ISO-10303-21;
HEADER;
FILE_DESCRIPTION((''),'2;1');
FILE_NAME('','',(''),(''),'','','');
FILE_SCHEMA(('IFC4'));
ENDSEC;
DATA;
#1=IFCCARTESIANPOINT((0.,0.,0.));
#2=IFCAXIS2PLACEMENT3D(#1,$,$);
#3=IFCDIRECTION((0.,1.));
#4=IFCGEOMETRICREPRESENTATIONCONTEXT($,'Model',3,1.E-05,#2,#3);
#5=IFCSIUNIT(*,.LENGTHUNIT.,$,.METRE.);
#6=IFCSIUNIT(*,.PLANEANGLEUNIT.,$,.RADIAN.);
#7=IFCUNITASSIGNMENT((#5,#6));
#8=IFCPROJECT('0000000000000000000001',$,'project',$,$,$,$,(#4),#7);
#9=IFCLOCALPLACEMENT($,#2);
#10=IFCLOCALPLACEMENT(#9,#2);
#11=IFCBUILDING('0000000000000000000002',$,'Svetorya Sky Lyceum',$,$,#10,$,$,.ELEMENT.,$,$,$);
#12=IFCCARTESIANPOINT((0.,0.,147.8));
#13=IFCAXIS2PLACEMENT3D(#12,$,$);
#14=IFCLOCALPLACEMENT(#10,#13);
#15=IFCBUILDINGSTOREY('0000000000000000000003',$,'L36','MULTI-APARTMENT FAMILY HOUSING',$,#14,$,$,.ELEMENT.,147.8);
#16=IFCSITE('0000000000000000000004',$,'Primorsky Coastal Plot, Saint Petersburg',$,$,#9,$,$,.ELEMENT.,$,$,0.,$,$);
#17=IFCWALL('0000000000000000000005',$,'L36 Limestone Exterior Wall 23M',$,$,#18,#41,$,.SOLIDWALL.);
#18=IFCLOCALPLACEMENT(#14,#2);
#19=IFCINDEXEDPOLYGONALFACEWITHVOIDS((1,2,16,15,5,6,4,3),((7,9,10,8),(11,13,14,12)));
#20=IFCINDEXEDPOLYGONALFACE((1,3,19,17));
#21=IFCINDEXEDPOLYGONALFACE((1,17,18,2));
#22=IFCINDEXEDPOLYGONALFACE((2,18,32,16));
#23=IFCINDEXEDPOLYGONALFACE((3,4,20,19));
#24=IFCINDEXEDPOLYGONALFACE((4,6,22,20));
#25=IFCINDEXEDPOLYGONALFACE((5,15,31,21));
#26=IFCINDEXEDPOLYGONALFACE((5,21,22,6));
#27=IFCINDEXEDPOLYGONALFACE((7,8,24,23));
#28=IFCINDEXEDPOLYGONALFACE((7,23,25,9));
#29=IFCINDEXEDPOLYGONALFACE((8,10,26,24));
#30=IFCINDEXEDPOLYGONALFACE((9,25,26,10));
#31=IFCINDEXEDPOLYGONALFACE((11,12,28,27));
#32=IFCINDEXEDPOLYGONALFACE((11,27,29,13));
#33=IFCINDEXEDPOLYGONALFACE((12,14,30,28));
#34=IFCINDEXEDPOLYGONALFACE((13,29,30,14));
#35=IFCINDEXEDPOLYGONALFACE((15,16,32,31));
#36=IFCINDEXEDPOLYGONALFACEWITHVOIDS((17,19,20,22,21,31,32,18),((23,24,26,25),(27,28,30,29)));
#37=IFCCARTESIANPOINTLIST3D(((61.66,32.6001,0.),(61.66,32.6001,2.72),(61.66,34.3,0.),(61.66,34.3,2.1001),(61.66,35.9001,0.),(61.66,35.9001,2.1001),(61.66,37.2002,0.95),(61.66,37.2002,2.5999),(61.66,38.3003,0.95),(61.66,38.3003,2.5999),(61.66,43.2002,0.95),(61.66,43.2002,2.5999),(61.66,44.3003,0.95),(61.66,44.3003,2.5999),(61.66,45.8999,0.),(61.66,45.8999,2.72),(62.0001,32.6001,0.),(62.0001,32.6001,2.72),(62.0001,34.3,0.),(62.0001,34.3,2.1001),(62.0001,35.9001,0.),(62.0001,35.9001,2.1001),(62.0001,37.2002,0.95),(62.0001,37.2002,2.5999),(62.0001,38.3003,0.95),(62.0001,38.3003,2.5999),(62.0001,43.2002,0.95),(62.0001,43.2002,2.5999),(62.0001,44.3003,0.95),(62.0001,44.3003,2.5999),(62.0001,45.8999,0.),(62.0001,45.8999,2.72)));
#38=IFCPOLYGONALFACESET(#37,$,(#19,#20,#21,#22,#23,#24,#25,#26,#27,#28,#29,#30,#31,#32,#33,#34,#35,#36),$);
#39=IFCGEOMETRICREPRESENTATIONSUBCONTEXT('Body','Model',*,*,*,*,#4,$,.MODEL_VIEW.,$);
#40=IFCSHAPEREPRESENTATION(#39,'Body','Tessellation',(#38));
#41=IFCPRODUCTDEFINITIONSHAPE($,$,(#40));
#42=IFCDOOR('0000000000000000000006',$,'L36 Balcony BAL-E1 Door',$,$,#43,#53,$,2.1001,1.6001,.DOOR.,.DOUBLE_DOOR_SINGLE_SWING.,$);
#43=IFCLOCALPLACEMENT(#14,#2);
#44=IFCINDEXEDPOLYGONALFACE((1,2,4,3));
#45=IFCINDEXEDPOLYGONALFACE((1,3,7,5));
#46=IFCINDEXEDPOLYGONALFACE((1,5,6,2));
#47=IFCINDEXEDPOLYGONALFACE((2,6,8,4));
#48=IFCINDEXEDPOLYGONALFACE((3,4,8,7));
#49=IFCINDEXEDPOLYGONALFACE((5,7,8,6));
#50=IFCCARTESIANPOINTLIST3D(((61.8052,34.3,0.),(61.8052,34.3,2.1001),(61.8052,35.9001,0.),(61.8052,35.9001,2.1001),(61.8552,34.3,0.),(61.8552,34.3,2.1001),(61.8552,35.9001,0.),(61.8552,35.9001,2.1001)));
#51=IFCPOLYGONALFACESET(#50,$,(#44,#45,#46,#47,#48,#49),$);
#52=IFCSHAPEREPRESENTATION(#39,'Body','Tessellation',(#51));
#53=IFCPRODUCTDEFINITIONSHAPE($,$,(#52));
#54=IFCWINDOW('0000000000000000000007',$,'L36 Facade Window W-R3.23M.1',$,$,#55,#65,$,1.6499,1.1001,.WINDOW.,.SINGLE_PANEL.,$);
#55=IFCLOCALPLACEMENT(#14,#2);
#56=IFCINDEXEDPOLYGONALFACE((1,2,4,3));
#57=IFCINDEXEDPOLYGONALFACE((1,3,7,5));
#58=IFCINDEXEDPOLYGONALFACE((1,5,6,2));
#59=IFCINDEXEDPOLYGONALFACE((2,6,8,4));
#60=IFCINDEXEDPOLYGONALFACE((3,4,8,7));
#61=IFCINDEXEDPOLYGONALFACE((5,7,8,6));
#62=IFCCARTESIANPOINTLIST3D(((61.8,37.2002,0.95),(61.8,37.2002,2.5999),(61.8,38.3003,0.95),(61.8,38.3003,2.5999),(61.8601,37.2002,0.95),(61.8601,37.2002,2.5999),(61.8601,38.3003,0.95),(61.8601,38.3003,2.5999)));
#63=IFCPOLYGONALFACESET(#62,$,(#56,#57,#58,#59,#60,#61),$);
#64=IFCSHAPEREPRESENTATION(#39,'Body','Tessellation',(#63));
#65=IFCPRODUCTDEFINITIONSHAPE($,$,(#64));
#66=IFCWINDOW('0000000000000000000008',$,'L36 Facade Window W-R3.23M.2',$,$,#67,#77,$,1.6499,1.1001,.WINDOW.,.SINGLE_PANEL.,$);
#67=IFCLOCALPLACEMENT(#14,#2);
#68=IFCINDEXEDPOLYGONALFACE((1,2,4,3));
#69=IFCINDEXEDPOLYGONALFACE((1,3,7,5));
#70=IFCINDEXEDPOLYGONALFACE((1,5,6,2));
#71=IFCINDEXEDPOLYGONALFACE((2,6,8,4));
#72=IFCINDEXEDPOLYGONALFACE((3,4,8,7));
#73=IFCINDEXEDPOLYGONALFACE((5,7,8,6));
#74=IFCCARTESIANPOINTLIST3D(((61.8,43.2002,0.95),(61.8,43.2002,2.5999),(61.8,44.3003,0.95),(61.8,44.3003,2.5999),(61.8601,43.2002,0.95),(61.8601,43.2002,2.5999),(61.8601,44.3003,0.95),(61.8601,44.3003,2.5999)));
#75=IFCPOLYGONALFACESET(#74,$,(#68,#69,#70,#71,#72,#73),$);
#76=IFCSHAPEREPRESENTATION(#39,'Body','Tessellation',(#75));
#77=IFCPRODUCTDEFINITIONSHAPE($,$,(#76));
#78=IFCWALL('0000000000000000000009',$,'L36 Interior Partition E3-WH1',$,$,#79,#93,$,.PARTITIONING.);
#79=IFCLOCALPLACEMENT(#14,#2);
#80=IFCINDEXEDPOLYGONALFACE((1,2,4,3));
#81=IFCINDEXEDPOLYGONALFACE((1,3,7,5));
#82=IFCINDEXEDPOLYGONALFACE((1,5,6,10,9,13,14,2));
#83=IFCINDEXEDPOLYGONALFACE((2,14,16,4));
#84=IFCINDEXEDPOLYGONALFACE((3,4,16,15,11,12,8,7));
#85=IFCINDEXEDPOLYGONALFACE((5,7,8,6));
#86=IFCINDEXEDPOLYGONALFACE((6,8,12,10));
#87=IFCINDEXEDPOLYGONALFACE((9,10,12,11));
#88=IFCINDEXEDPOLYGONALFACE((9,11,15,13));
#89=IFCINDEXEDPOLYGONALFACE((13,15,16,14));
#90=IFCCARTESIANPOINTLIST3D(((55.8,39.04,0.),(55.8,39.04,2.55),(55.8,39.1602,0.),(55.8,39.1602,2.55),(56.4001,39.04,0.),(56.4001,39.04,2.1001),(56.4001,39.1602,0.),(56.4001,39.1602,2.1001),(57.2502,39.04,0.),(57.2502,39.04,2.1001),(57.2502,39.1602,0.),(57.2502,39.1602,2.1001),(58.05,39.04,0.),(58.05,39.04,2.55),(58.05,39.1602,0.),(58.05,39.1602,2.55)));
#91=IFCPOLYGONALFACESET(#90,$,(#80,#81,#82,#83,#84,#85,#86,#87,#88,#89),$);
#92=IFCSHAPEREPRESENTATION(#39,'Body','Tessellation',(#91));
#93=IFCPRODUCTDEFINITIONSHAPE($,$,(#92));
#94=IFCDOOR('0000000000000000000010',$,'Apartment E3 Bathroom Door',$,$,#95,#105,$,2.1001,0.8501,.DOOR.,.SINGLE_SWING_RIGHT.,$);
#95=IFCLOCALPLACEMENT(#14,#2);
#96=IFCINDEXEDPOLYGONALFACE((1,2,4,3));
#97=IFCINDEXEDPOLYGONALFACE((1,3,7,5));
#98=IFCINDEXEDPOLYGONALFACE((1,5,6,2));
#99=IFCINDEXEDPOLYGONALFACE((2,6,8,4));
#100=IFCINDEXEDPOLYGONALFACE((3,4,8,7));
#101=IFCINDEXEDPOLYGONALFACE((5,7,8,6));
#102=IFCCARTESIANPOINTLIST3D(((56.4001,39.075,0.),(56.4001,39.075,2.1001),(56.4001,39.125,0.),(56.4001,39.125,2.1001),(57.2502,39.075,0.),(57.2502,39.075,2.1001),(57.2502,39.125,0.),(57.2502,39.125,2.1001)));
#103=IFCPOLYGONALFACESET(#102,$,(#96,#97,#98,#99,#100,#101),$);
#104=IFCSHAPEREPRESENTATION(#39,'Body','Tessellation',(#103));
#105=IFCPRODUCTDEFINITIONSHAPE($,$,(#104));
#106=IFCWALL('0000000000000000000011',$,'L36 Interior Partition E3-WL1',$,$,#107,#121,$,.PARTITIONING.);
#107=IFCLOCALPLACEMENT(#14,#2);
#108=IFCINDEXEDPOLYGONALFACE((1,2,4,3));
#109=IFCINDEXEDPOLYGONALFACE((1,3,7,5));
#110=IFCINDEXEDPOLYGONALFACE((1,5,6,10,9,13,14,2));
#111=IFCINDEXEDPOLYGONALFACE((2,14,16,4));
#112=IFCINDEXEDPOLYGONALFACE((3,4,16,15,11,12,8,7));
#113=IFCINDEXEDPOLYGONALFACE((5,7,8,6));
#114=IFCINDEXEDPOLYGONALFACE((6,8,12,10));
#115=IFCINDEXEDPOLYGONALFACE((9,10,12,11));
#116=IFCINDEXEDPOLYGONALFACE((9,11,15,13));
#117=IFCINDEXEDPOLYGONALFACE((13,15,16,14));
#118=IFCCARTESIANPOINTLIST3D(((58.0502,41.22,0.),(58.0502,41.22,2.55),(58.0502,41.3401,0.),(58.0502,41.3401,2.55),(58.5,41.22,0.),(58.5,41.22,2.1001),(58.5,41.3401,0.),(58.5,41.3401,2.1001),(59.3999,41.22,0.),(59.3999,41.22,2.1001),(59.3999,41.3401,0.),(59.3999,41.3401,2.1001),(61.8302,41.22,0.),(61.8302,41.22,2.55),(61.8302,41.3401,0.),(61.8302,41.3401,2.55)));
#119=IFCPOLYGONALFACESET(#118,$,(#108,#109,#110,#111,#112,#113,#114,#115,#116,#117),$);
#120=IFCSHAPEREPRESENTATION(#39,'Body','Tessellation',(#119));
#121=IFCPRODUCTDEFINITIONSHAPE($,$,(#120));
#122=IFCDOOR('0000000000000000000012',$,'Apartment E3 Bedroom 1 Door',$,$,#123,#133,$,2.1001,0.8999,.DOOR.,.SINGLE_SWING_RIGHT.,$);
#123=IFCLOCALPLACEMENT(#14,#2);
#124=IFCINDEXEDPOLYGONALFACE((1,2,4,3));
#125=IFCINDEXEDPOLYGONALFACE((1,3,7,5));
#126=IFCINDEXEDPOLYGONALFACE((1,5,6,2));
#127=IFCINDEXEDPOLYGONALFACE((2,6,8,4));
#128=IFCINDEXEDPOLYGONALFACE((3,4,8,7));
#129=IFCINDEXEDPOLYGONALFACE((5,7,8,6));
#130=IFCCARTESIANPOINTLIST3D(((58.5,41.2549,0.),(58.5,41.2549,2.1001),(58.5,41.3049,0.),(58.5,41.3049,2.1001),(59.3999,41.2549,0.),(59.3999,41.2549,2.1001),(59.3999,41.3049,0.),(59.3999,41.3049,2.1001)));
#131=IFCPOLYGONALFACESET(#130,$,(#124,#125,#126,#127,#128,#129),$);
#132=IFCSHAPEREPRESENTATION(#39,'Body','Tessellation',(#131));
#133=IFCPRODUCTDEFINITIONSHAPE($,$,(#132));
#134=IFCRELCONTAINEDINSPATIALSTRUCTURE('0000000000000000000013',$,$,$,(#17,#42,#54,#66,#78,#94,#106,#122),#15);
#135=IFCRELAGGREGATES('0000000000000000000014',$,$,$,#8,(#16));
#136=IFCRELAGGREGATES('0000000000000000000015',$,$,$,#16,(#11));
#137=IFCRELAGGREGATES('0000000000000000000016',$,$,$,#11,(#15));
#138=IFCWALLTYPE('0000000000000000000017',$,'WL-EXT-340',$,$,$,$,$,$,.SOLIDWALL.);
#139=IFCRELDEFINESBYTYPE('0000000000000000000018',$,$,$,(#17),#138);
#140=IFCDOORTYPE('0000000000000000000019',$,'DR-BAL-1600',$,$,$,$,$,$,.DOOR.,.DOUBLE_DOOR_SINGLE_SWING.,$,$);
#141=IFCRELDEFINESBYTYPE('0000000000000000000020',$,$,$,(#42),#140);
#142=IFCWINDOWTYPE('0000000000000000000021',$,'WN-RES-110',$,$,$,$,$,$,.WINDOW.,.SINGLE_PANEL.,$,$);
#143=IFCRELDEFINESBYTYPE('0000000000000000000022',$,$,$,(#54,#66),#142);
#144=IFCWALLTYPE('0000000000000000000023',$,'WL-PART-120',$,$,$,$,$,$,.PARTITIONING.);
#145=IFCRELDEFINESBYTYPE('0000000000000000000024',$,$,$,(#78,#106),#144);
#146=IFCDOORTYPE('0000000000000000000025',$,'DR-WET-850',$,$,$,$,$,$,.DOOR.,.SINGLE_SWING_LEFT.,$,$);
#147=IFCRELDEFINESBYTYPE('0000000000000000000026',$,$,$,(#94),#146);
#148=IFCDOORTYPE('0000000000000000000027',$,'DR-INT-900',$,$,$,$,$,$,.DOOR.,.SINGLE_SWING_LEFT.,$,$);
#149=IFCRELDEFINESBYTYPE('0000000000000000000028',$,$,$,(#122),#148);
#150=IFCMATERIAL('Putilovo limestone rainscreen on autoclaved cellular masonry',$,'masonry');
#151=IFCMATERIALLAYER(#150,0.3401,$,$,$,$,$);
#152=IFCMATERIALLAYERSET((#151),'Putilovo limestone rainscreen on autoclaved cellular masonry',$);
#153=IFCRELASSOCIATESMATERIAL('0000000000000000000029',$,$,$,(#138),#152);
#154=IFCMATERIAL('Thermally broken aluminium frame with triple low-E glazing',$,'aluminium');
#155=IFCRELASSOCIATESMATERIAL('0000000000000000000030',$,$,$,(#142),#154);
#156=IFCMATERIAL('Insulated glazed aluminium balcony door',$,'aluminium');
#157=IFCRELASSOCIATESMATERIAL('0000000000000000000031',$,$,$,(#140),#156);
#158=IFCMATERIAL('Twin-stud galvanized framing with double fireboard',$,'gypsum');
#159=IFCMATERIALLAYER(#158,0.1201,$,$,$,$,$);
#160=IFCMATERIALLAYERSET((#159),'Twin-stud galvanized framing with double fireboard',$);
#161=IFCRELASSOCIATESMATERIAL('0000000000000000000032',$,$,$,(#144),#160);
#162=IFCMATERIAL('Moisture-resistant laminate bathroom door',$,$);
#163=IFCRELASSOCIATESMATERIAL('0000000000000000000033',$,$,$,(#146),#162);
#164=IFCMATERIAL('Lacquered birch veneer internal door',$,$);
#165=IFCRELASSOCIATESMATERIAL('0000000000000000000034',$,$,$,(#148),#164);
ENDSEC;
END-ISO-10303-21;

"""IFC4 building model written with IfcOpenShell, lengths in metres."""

from ifc_helpers import new_model, si_unit, direction, frame, frame_2d, origin, place, context, subcontext, project, spatial, rectangle, extrude, material, layer, layer_set, type_object, element, fill, save


model = new_model("IFC4")

# Units and contexts
model_context = context("Model", 3, precision=1e-05, world=origin(), true_north=direction((0.0, 1.0)))
body_context = subcontext(model_context, "Body", "Model", "MODEL_VIEW")
ifc_project = project(units=[si_unit("LENGTHUNIT", "METRE"), si_unit("PLANEANGLEUNIT", "RADIAN")], contexts=[model_context])

# Site, building, storey
site_placement = place(None, origin())
site = spatial("IfcSite", under=ifc_project, at=site_placement, Name="Primorsky Coastal Plot, Saint Petersburg", CompositionType="ELEMENT", RefElevation=0.0)
building_placement = place(site_placement, origin())
building = spatial("IfcBuilding", under=site, at=building_placement, Name="Svetorya Sky Lyceum", CompositionType="ELEMENT")
storey_placement = place(building_placement, frame((0.0, 0.0, 147.8)))
storey = spatial("IfcBuildingStorey", under=building, at=storey_placement, Name="L36", Description="MULTI-APARTMENT FAMILY HOUSING", CompositionType="ELEMENT", Elevation=147.8)

# Shared definitions
ifc_material_1 = material(Name="Putilovo limestone rainscreen on autoclaved cellular masonry", Category="masonry")
ifc_layer_1 = layer(ifc_material_1, 0.3401)
ifc_layer_set_1 = layer_set([ifc_layer_1], Name="Putilovo limestone rainscreen on autoclaved cellular masonry")
wall_type_1 = type_object("IfcWallType", Name="WL-EXT-340", PredefinedType="SOLIDWALL", material=ifc_layer_set_1)

# Shared definitions
ifc_material_2 = material(Name="Thermally broken aluminium frame with triple low-E glazing", Category="aluminium")
window_type = type_object("IfcWindowType", Name="WN-RES-110", PartitioningType="SINGLE_PANEL", PredefinedType="WINDOW", material=ifc_material_2)

# Wall, openings, door, windows
wall_1_placement = place(storey_placement, frame((61.8301, 32.6001, 0.0), z_axis=(0.0, 0.0, 1.0), x_axis=(0.0, 1.0, 0.0)))
wall_1 = element("IfcWall", 1, at=wall_1_placement, inside=storey, type_object=wall_type_1, Name="L36 Limestone Exterior Wall 23M", PredefinedType="SOLIDWALL", context=body_context, shape_type="SweptSolid", body=[
    extrude(rectangle(XDim=13.2998, YDim=0.3401, at=frame_2d((6.6499, 0.0))), origin(), (0.0, 0.0, 1.0), 2.72),
])
opening_1_placement = place(wall_1_placement, frame((1.7, 0.0, 0.0)))
opening_1 = element("IfcOpeningElement", 2, at=opening_1_placement, cuts=wall_1, PredefinedType="OPENING", context=body_context, shape_type="SweptSolid", body=[
    extrude(rectangle(XDim=1.6001, YDim=2.1001, at=frame_2d((0.8, 1.05))), frame((0.0, 0.1799, 0.0), z_axis=(0.0, -1.0, 0.0), x_axis=(1.0, 0.0, 0.0)), (0.0, 0.0, 1.0), 0.3601),
])
opening_2_placement = place(wall_1_placement, frame((4.6001, 0.0, 0.95)))
opening_2 = element("IfcOpeningElement", 3, at=opening_2_placement, cuts=wall_1, PredefinedType="OPENING", context=body_context, shape_type="SweptSolid", body=[
    extrude(rectangle(XDim=1.1001, YDim=1.6499, at=frame_2d((0.55, 0.825))), frame((0.0, 0.1799, 0.0), z_axis=(0.0, -1.0, 0.0), x_axis=(1.0, 0.0, 0.0)), (0.0, 0.0, 1.0), 0.3601),
])
opening_3_placement = place(wall_1_placement, frame((10.6001, 0.0, 0.95)))
opening_3 = element("IfcOpeningElement", 4, at=opening_3_placement, cuts=wall_1, PredefinedType="OPENING", context=body_context, shape_type="SweptSolid", body=[
    extrude(rectangle(XDim=1.1001, YDim=1.6499, at=frame_2d((0.55, 0.825))), frame((0.0, 0.1799, 0.0), z_axis=(0.0, -1.0, 0.0), x_axis=(1.0, 0.0, 0.0)), (0.0, 0.0, 1.0), 0.3601),
])
ifc_material_3 = material(Name="Insulated glazed aluminium balcony door", Category="aluminium")
door_type_1 = type_object("IfcDoorType", Name="DR-BAL-1600", OperationType="DOUBLE_DOOR_SINGLE_SWING", PredefinedType="DOOR", material=ifc_material_3)
door_1_placement = place(opening_1_placement, origin())
door_1 = element("IfcDoor", 5, at=door_1_placement, inside=storey, type_object=door_type_1, Name="L36 Balcony BAL-E1 Door", OperationType="DOUBLE_DOOR_SINGLE_SWING", OverallHeight=2.1001, OverallWidth=1.6001, PredefinedType="DOOR", context=body_context, shape_type="SweptSolid", body=[
    extrude(rectangle(XDim=1.6001, YDim=2.1001, at=frame_2d((0.8, 1.05))), frame((0.0, 0.0249, 0.0), z_axis=(0.0, -1.0, 0.0), x_axis=(1.0, 0.0, 0.0)), (0.0, 0.0, 1.0), 0.05),
])
fill(opening_1, door_1)
window_1_placement = place(opening_2_placement, origin())
window_1 = element("IfcWindow", 6, at=window_1_placement, inside=storey, type_object=window_type, Name="L36 Facade Window W-R3.23M.1", OverallHeight=1.6499, OverallWidth=1.1001, PartitioningType="SINGLE_PANEL", PredefinedType="WINDOW", context=body_context, shape_type="SweptSolid", body=[
    extrude(rectangle(XDim=1.1001, YDim=1.6499, at=frame_2d((0.55, 0.825))), frame((0.0, 0.03, 0.0), z_axis=(0.0, -1.0, 0.0), x_axis=(1.0, 0.0, 0.0)), (0.0, 0.0, 1.0), 0.0601),
])
fill(opening_2, window_1)
window_2_placement = place(opening_3_placement, origin())
window_2 = element("IfcWindow", 7, at=window_2_placement, inside=storey, type_object=window_type, Name="L36 Facade Window W-R3.23M.2", OverallHeight=1.6499, OverallWidth=1.1001, PartitioningType="SINGLE_PANEL", PredefinedType="WINDOW", context=body_context, shape_type="SweptSolid", body=[
    extrude(rectangle(XDim=1.1001, YDim=1.6499, at=frame_2d((0.55, 0.825))), frame((0.0, 0.03, 0.0), z_axis=(0.0, -1.0, 0.0), x_axis=(1.0, 0.0, 0.0)), (0.0, 0.0, 1.0), 0.0601),
])
fill(opening_3, window_2)

# Walls, openings, doors
ifc_material_4 = material(Name="Twin-stud galvanized framing with double fireboard", Category="gypsum")
ifc_layer_2 = layer(ifc_material_4, 0.1201)
ifc_layer_set_2 = layer_set([ifc_layer_2], Name="Twin-stud galvanized framing with double fireboard")
wall_type_2 = type_object("IfcWallType", Name="WL-PART-120", PredefinedType="PARTITIONING", material=ifc_layer_set_2)
wall_2_placement = place(storey_placement, frame((55.8, 39.1001, 0.0), z_axis=(0.0, 0.0, 1.0), x_axis=(1.0, 0.0, 0.0)))
wall_2 = element("IfcWall", 8, at=wall_2_placement, inside=storey, type_object=wall_type_2, Name="L36 Interior Partition E3-WH1", PredefinedType="PARTITIONING", context=body_context, shape_type="SweptSolid", body=[
    extrude(rectangle(XDim=2.25, YDim=0.1201, at=frame_2d((1.125, 0.0))), origin(), (0.0, 0.0, 1.0), 2.55),
])
opening_4_placement = place(wall_2_placement, frame((0.6001, 0.0, 0.0)))
opening_4 = element("IfcOpeningElement", 9, at=opening_4_placement, cuts=wall_2, PredefinedType="OPENING", context=body_context, shape_type="SweptSolid", body=[
    extrude(rectangle(XDim=0.8501, YDim=2.1001, at=frame_2d((0.425, 1.05))), frame((0.0, 0.0701, 0.0), z_axis=(0.0, -1.0, 0.0), x_axis=(1.0, 0.0, 0.0)), (0.0, 0.0, 1.0), 0.1401),
])
ifc_material_5 = material(Name="Moisture-resistant laminate bathroom door")
door_type_2 = type_object("IfcDoorType", Name="DR-WET-850", OperationType="SINGLE_SWING_LEFT", PredefinedType="DOOR", material=ifc_material_5)
door_2_placement = place(opening_4_placement, origin())
door_2 = element("IfcDoor", 10, at=door_2_placement, inside=storey, type_object=door_type_2, Name="Apartment E3 Bathroom Door", OperationType="SINGLE_SWING_RIGHT", OverallHeight=2.1001, OverallWidth=0.8501, PredefinedType="DOOR", context=body_context, shape_type="SweptSolid", body=[
    extrude(rectangle(XDim=0.8501, YDim=2.1001, at=frame_2d((0.425, 1.05))), frame((0.0, 0.0249, 0.0), z_axis=(0.0, -1.0, 0.0), x_axis=(1.0, 0.0, 0.0)), (0.0, 0.0, 1.0), 0.05),
])
fill(opening_4, door_2)
wall_3_placement = place(storey_placement, frame((58.05, 41.28, 0.0), z_axis=(0.0, 0.0, 1.0), x_axis=(1.0, 0.0, 0.0)))
wall_3 = element("IfcWall", 11, at=wall_3_placement, inside=storey, type_object=wall_type_2, Name="L36 Interior Partition E3-WL1", PredefinedType="PARTITIONING", context=body_context, shape_type="SweptSolid", body=[
    extrude(rectangle(XDim=3.78, YDim=0.1201, at=frame_2d((1.8901, 0.0))), origin(), (0.0, 0.0, 1.0), 2.55),
])
opening_5_placement = place(wall_3_placement, frame((0.45, 0.0, 0.0)))
opening_5 = element("IfcOpeningElement", 12, at=opening_5_placement, cuts=wall_3, PredefinedType="OPENING", context=body_context, shape_type="SweptSolid", body=[
    extrude(rectangle(XDim=0.8999, YDim=2.1001, at=frame_2d((0.45, 1.05))), frame((0.0, 0.0701, 0.0), z_axis=(0.0, -1.0, 0.0), x_axis=(1.0, 0.0, 0.0)), (0.0, 0.0, 1.0), 0.1401),
])
ifc_material_6 = material(Name="Lacquered birch veneer internal door")
door_type_3 = type_object("IfcDoorType", Name="DR-INT-900", OperationType="SINGLE_SWING_LEFT", PredefinedType="DOOR", material=ifc_material_6)
door_3_placement = place(opening_5_placement, origin())
door_3 = element("IfcDoor", 13, at=door_3_placement, inside=storey, type_object=door_type_3, Name="Apartment E3 Bedroom 1 Door", OperationType="SINGLE_SWING_RIGHT", OverallHeight=2.1001, OverallWidth=0.8999, PredefinedType="DOOR", context=body_context, shape_type="SweptSolid", body=[
    extrude(rectangle(XDim=0.8999, YDim=2.1001, at=frame_2d((0.45, 1.05))), frame((0.0, 0.0249, 0.0), z_axis=(0.0, -1.0, 0.0), x_axis=(1.0, 0.0, 0.0)), (0.0, 0.0, 1.0), 0.05),
])
fill(opening_5, door_3)

save(model, "model.ifc")
